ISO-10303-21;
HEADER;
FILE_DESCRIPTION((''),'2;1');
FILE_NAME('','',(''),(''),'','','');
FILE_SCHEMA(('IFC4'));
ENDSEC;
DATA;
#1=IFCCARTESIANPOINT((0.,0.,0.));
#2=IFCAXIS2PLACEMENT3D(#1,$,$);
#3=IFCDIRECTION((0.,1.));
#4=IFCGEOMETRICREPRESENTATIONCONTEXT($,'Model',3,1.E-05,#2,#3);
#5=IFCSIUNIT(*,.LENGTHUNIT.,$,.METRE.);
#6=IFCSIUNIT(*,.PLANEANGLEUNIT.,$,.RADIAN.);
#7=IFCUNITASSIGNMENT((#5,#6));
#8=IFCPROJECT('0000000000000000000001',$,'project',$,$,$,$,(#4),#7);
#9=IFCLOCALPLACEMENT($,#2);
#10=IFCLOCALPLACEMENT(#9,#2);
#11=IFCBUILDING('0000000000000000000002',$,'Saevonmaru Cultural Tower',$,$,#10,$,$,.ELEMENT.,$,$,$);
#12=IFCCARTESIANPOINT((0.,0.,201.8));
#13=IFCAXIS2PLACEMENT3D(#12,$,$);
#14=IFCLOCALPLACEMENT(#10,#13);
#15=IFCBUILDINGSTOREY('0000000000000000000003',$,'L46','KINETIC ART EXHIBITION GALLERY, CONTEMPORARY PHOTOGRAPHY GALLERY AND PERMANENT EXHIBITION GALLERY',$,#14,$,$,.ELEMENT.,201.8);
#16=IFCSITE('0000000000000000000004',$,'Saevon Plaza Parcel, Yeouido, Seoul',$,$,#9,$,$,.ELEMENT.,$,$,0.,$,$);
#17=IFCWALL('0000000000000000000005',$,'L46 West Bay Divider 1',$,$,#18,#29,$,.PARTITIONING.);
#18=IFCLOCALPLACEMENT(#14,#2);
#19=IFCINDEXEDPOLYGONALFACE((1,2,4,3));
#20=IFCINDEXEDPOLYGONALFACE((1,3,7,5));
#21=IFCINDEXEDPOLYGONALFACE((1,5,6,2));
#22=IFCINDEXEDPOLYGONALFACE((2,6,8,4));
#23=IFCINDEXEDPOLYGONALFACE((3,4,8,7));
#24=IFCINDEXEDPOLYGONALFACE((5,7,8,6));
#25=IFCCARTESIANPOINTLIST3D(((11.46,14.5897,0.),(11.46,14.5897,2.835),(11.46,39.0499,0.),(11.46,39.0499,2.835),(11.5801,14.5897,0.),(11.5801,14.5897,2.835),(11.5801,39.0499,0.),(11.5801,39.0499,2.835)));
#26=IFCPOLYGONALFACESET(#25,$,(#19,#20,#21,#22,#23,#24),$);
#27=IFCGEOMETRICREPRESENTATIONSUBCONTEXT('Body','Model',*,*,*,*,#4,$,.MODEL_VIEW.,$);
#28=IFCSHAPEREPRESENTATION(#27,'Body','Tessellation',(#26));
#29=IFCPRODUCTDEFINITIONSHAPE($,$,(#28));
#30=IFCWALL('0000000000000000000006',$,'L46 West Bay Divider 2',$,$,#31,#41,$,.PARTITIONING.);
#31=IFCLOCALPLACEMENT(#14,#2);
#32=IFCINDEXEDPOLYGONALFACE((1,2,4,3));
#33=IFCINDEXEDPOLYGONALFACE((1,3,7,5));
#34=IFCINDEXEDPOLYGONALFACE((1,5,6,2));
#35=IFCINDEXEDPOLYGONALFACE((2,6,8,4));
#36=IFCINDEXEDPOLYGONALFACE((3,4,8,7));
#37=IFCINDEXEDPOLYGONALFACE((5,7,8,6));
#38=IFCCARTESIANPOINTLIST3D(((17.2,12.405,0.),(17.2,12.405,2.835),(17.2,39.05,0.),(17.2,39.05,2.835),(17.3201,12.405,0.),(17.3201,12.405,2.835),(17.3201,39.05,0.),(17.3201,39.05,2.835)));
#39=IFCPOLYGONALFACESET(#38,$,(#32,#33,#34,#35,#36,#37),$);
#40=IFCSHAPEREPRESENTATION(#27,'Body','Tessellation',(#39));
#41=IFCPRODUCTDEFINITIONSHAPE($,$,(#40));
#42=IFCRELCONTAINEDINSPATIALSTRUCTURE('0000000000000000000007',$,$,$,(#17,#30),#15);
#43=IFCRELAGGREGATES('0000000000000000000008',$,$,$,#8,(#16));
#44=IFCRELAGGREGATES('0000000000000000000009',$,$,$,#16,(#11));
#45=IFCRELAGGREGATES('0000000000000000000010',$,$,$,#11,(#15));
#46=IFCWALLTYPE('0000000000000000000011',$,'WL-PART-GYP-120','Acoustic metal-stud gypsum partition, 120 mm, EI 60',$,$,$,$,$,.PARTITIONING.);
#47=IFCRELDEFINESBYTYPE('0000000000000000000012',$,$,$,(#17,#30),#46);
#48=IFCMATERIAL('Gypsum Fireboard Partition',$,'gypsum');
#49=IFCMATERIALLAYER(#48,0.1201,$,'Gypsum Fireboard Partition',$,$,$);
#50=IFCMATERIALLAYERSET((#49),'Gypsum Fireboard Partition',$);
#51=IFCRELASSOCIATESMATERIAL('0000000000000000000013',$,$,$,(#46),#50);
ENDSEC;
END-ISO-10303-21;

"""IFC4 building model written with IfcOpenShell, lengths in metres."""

from ifc_helpers import new_model, si_unit, direction, frame, frame_2d, origin, place, context, subcontext, project, spatial, rectangle, extrude, material, layer, layer_set, type_object, element, save


model = new_model("IFC4")

# Units and contexts
model_context = context("Model", 3, precision=1e-05, world=origin(), true_north=direction((0.0, 1.0)))
body_context = subcontext(model_context, "Body", "Model", "MODEL_VIEW")
ifc_project = project(units=[si_unit("LENGTHUNIT", "METRE"), si_unit("PLANEANGLEUNIT", "RADIAN")], contexts=[model_context])

# Site, building, storey
site_placement = place(None, origin())
site = spatial("IfcSite", under=ifc_project, at=site_placement, Name="Saevon Plaza Parcel, Yeouido, Seoul", CompositionType="ELEMENT", RefElevation=0.0)
building_placement = place(site_placement, origin())
building = spatial("IfcBuilding", under=site, at=building_placement, Name="Saevonmaru Cultural Tower", CompositionType="ELEMENT")
storey_placement = place(building_placement, frame((0.0, 0.0, 201.8)))
storey = spatial("IfcBuildingStorey", under=building, at=storey_placement, Name="L46", Description="KINETIC ART EXHIBITION GALLERY, CONTEMPORARY PHOTOGRAPHY GALLERY AND PERMANENT EXHIBITION GALLERY", CompositionType="ELEMENT", Elevation=201.8)

# Walls
ifc_material_1 = material(Name="Gypsum Fireboard Partition", Category="gypsum")
ifc_layer_1 = layer(ifc_material_1, 0.1201, Name="Gypsum Fireboard Partition")
ifc_layer_set_1 = layer_set([ifc_layer_1], Name="Gypsum Fireboard Partition")
wall_type_1 = type_object("IfcWallType", Name="WL-PART-GYP-120", Description="Acoustic metal-stud gypsum partition, 120 mm, EI 60", PredefinedType="PARTITIONING", material=ifc_layer_set_1)
wall_1_placement = place(storey_placement, frame((11.52, 14.5898, 0.0), z_axis=(0.0, 0.0, 1.0), x_axis=(0.0, 1.0, 0.0)))
element("IfcWall", 1, at=wall_1_placement, inside=storey, type_object=wall_type_1, Name="L46 West Bay Divider 1", PredefinedType="PARTITIONING", context=body_context, shape_type="SweptSolid", body=[
    extrude(rectangle(XDim=24.4602, YDim=0.1201, at=frame_2d((12.23, 0.0))), origin(), (0.0, 0.0, 1.0), 2.835),
])
wall_2_placement = place(storey_placement, frame((17.26, 12.405, 0.0), z_axis=(0.0, 0.0, 1.0), x_axis=(0.0, 1.0, 0.0)))
element("IfcWall", 2, at=wall_2_placement, inside=storey, type_object=wall_type_1, Name="L46 West Bay Divider 2", PredefinedType="PARTITIONING", context=body_context, shape_type="SweptSolid", body=[
    extrude(rectangle(XDim=26.645, YDim=0.1201, at=frame_2d((13.3225, 0.0))), origin(), (0.0, 0.0, 1.0), 2.835),
])

save(model, "model.ifc")
